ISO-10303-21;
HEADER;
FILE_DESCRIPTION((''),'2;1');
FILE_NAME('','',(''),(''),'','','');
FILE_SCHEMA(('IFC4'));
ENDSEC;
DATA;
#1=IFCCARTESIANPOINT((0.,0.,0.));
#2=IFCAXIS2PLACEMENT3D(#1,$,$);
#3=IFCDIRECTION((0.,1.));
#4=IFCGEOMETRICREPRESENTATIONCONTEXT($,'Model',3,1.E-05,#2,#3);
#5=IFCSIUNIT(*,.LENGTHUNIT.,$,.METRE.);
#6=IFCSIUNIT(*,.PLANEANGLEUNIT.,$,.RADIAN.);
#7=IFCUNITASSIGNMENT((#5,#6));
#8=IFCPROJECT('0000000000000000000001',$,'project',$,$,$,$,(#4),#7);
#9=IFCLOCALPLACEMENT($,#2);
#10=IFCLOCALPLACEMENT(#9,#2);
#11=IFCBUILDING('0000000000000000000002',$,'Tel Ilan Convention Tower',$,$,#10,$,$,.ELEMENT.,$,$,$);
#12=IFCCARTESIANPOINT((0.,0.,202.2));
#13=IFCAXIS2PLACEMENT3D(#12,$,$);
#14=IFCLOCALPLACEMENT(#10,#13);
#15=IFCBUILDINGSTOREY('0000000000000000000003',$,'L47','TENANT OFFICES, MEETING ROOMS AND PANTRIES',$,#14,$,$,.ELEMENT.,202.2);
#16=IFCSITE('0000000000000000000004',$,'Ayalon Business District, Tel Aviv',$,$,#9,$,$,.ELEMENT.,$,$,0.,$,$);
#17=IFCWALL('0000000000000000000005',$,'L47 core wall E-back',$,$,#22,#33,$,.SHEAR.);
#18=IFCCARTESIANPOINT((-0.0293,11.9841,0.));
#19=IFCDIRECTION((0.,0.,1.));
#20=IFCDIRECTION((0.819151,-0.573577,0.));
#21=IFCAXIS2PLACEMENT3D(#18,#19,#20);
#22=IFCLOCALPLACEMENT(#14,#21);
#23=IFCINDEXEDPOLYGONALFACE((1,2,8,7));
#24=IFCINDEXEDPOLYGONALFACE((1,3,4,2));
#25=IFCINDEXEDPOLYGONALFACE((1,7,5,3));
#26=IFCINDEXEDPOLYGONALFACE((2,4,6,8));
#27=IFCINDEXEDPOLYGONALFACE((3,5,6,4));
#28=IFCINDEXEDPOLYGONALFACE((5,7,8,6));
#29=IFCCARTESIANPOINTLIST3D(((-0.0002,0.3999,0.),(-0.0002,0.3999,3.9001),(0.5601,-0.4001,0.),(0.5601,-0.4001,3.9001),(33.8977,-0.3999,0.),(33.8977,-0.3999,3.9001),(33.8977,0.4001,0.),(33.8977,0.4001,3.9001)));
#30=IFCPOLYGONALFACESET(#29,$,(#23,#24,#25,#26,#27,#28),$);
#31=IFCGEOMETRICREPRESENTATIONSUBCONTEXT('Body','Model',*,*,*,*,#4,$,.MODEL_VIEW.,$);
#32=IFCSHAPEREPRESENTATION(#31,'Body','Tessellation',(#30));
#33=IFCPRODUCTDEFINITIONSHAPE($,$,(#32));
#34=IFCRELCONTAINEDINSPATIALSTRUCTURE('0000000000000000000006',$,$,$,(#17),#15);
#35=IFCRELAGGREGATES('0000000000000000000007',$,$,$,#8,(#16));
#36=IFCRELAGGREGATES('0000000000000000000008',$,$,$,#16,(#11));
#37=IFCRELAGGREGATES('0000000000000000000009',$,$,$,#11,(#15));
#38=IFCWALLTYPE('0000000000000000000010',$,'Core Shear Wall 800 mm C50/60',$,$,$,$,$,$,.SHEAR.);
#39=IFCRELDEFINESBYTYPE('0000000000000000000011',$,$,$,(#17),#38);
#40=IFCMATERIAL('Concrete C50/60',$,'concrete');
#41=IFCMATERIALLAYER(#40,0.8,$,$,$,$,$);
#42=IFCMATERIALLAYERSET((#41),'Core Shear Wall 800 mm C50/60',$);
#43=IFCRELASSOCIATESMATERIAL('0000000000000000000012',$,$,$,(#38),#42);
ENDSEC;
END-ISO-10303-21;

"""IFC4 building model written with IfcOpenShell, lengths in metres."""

from ifc_helpers import new_model, si_unit, direction, frame, origin, place, context, subcontext, project, spatial, polyline, outline, extrude, material, layer, layer_set, type_object, element, save


model = new_model("IFC4")

# Units and contexts
model_context = context("Model", 3, precision=1e-05, world=origin(), true_north=direction((0.0, 1.0)))
body_context = subcontext(model_context, "Body", "Model", "MODEL_VIEW")
ifc_project = project(units=[si_unit("LENGTHUNIT", "METRE"), si_unit("PLANEANGLEUNIT", "RADIAN")], contexts=[model_context])

# Site, building, storey
site_placement = place(None, origin())
site = spatial("IfcSite", under=ifc_project, at=site_placement, Name="Ayalon Business District, Tel Aviv", CompositionType="ELEMENT", RefElevation=0.0)
building_placement = place(site_placement, origin())
building = spatial("IfcBuilding", under=site, at=building_placement, Name="Tel Ilan Convention Tower", CompositionType="ELEMENT")
storey_placement = place(building_placement, frame((0.0, 0.0, 202.2)))
storey = spatial("IfcBuildingStorey", under=building, at=storey_placement, Name="L47", Description="TENANT OFFICES, MEETING ROOMS AND PANTRIES", CompositionType="ELEMENT", Elevation=202.2)

# Wall
ifc_material_1 = material(Name="Concrete C50/60", Category="concrete")
ifc_layer_1 = layer(ifc_material_1, 0.8)
ifc_layer_set_1 = layer_set([ifc_layer_1], Name="Core Shear Wall 800 mm C50/60")
wall_type_1 = type_object("IfcWallType", Name="Core Shear Wall 800 mm C50/60", PredefinedType="SHEAR", material=ifc_layer_set_1)
wall_1_placement = place(storey_placement, frame((-0.0293, 11.9841, 0.0), z_axis=(0.0, 0.0, 1.0), x_axis=(0.819151, -0.573577, 0.0)))
element("IfcWall", 1, at=wall_1_placement, inside=storey, type_object=wall_type_1, Name="L47 core wall E-back", PredefinedType="SHEAR", context=body_context, shape_type="SweptSolid", body=[
    extrude(outline(polyline([(33.8977, 0.4001), (-0.0002, 0.3999), (0.5601, -0.4001), (33.8977, -0.3999), (33.8977, 0.4001)])), origin(), (0.0, 0.0, 1.0), 3.9001),
])

save(model, "model.ifc")
